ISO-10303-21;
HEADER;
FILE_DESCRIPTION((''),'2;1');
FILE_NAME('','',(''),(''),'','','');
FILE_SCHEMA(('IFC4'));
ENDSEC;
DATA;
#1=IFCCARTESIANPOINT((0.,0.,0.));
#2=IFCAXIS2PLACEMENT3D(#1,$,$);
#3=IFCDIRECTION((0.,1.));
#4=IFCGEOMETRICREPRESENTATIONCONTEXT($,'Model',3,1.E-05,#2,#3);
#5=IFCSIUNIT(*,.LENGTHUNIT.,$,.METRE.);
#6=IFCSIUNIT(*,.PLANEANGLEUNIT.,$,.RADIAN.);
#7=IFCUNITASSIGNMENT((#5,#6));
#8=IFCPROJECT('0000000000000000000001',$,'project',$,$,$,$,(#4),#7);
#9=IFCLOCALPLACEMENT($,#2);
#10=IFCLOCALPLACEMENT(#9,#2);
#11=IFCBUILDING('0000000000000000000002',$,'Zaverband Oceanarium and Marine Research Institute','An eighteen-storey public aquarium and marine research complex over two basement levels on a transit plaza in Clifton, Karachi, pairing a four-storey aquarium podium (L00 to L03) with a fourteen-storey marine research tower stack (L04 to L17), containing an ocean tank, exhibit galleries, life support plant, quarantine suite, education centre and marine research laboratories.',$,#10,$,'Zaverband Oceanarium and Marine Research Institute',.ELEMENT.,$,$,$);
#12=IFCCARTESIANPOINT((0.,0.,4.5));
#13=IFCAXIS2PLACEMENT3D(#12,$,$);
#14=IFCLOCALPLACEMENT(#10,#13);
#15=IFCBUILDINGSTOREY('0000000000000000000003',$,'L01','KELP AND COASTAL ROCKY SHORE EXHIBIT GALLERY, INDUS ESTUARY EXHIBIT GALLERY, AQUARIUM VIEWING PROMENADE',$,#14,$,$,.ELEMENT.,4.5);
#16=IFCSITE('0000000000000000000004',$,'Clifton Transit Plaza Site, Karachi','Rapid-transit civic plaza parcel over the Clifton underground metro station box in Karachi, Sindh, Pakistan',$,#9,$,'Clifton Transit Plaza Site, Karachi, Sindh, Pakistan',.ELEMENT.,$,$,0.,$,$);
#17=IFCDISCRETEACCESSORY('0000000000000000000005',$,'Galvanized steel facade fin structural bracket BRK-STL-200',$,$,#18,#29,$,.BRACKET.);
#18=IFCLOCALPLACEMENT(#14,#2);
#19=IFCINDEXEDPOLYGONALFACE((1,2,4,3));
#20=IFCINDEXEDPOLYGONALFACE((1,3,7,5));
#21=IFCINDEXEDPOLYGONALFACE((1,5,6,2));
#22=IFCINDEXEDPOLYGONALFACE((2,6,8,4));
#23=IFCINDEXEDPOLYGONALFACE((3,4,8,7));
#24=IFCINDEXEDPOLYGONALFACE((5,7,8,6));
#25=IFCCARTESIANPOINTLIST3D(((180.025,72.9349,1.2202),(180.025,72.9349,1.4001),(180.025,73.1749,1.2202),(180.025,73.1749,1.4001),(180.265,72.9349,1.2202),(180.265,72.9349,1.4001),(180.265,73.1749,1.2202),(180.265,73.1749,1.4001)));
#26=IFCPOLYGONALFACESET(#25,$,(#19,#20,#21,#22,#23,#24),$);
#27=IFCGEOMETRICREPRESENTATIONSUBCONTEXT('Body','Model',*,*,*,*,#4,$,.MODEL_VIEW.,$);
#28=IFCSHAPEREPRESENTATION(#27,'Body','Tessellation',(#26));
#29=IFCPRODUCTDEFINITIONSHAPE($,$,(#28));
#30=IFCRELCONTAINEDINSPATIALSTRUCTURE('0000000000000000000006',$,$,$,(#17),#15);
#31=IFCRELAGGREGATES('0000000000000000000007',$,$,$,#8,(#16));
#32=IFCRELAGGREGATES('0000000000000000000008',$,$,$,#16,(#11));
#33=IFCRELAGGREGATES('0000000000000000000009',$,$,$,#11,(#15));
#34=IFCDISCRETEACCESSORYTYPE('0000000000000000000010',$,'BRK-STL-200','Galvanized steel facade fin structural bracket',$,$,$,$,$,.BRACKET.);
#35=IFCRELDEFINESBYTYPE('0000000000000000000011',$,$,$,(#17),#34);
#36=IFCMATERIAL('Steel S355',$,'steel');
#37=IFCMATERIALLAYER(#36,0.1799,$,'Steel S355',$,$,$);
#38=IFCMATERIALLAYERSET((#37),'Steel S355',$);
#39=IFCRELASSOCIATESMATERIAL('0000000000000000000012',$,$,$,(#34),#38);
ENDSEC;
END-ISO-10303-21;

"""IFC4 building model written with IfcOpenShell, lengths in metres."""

from ifc_helpers import new_model, si_unit, direction, frame, origin, origin_2d, place, context, subcontext, project, spatial, rectangle, extrude, material, layer, layer_set, type_object, element, save


model = new_model("IFC4")

# Units and contexts
model_context = context("Model", 3, precision=1e-05, world=origin(), true_north=direction((0.0, 1.0)))
body_context = subcontext(model_context, "Body", "Model", "MODEL_VIEW")
ifc_project = project(units=[si_unit("LENGTHUNIT", "METRE"), si_unit("PLANEANGLEUNIT", "RADIAN")], contexts=[model_context])

# Site, building, storey
site_placement = place(None, origin())
site = spatial("IfcSite", under=ifc_project, at=site_placement, Name="Clifton Transit Plaza Site, Karachi", Description="Rapid-transit civic plaza parcel over the Clifton underground metro station box in Karachi, Sindh, Pakistan", LongName="Clifton Transit Plaza Site, Karachi, Sindh, Pakistan", CompositionType="ELEMENT", RefElevation=0.0)
building_placement = place(site_placement, origin())
building = spatial("IfcBuilding", under=site, at=building_placement, Name="Zaverband Oceanarium and Marine Research Institute", Description="An eighteen-storey public aquarium and marine research complex over two basement levels on a transit plaza in Clifton, Karachi, pairing a four-storey aquarium podium (L00 to L03) with a fourteen-storey marine research tower stack (L04 to L17), containing an ocean tank, exhibit galleries, life support plant, quarantine suite, education centre and marine research laboratories.", LongName="Zaverband Oceanarium and Marine Research Institute", CompositionType="ELEMENT")
storey_placement = place(building_placement, frame((0.0, 0.0, 4.5)))
storey = spatial("IfcBuildingStorey", under=building, at=storey_placement, Name="L01", Description="KELP AND COASTAL ROCKY SHORE EXHIBIT GALLERY, INDUS ESTUARY EXHIBIT GALLERY, AQUARIUM VIEWING PROMENADE", CompositionType="ELEMENT", Elevation=4.5)

# Discrete accessory
ifc_material_1 = material(Name="Steel S355", Category="steel")
ifc_layer_1 = layer(ifc_material_1, 0.1799, Name="Steel S355")
ifc_layer_set_1 = layer_set([ifc_layer_1], Name="Steel S355")
discrete_accessory_type = type_object("IfcDiscreteAccessoryType", Name="BRK-STL-200", Description="Galvanized steel facade fin structural bracket", PredefinedType="BRACKET", material=ifc_layer_set_1)
discrete_accessory_placement = place(storey_placement, frame((180.145, 73.0549, 1.2202), z_axis=(0.0, 0.0, 1.0), x_axis=(1.0, 0.0, 0.0)))
element("IfcDiscreteAccessory", 1, at=discrete_accessory_placement, inside=storey, type_object=discrete_accessory_type, Name="Galvanized steel facade fin structural bracket BRK-STL-200", PredefinedType="BRACKET", context=body_context, shape_type="SweptSolid", body=[
    extrude(rectangle(XDim=0.24, YDim=0.24, at=origin_2d()), origin(), (0.0, 0.0, 1.0), 0.1799),
])

save(model, "model.ifc")
